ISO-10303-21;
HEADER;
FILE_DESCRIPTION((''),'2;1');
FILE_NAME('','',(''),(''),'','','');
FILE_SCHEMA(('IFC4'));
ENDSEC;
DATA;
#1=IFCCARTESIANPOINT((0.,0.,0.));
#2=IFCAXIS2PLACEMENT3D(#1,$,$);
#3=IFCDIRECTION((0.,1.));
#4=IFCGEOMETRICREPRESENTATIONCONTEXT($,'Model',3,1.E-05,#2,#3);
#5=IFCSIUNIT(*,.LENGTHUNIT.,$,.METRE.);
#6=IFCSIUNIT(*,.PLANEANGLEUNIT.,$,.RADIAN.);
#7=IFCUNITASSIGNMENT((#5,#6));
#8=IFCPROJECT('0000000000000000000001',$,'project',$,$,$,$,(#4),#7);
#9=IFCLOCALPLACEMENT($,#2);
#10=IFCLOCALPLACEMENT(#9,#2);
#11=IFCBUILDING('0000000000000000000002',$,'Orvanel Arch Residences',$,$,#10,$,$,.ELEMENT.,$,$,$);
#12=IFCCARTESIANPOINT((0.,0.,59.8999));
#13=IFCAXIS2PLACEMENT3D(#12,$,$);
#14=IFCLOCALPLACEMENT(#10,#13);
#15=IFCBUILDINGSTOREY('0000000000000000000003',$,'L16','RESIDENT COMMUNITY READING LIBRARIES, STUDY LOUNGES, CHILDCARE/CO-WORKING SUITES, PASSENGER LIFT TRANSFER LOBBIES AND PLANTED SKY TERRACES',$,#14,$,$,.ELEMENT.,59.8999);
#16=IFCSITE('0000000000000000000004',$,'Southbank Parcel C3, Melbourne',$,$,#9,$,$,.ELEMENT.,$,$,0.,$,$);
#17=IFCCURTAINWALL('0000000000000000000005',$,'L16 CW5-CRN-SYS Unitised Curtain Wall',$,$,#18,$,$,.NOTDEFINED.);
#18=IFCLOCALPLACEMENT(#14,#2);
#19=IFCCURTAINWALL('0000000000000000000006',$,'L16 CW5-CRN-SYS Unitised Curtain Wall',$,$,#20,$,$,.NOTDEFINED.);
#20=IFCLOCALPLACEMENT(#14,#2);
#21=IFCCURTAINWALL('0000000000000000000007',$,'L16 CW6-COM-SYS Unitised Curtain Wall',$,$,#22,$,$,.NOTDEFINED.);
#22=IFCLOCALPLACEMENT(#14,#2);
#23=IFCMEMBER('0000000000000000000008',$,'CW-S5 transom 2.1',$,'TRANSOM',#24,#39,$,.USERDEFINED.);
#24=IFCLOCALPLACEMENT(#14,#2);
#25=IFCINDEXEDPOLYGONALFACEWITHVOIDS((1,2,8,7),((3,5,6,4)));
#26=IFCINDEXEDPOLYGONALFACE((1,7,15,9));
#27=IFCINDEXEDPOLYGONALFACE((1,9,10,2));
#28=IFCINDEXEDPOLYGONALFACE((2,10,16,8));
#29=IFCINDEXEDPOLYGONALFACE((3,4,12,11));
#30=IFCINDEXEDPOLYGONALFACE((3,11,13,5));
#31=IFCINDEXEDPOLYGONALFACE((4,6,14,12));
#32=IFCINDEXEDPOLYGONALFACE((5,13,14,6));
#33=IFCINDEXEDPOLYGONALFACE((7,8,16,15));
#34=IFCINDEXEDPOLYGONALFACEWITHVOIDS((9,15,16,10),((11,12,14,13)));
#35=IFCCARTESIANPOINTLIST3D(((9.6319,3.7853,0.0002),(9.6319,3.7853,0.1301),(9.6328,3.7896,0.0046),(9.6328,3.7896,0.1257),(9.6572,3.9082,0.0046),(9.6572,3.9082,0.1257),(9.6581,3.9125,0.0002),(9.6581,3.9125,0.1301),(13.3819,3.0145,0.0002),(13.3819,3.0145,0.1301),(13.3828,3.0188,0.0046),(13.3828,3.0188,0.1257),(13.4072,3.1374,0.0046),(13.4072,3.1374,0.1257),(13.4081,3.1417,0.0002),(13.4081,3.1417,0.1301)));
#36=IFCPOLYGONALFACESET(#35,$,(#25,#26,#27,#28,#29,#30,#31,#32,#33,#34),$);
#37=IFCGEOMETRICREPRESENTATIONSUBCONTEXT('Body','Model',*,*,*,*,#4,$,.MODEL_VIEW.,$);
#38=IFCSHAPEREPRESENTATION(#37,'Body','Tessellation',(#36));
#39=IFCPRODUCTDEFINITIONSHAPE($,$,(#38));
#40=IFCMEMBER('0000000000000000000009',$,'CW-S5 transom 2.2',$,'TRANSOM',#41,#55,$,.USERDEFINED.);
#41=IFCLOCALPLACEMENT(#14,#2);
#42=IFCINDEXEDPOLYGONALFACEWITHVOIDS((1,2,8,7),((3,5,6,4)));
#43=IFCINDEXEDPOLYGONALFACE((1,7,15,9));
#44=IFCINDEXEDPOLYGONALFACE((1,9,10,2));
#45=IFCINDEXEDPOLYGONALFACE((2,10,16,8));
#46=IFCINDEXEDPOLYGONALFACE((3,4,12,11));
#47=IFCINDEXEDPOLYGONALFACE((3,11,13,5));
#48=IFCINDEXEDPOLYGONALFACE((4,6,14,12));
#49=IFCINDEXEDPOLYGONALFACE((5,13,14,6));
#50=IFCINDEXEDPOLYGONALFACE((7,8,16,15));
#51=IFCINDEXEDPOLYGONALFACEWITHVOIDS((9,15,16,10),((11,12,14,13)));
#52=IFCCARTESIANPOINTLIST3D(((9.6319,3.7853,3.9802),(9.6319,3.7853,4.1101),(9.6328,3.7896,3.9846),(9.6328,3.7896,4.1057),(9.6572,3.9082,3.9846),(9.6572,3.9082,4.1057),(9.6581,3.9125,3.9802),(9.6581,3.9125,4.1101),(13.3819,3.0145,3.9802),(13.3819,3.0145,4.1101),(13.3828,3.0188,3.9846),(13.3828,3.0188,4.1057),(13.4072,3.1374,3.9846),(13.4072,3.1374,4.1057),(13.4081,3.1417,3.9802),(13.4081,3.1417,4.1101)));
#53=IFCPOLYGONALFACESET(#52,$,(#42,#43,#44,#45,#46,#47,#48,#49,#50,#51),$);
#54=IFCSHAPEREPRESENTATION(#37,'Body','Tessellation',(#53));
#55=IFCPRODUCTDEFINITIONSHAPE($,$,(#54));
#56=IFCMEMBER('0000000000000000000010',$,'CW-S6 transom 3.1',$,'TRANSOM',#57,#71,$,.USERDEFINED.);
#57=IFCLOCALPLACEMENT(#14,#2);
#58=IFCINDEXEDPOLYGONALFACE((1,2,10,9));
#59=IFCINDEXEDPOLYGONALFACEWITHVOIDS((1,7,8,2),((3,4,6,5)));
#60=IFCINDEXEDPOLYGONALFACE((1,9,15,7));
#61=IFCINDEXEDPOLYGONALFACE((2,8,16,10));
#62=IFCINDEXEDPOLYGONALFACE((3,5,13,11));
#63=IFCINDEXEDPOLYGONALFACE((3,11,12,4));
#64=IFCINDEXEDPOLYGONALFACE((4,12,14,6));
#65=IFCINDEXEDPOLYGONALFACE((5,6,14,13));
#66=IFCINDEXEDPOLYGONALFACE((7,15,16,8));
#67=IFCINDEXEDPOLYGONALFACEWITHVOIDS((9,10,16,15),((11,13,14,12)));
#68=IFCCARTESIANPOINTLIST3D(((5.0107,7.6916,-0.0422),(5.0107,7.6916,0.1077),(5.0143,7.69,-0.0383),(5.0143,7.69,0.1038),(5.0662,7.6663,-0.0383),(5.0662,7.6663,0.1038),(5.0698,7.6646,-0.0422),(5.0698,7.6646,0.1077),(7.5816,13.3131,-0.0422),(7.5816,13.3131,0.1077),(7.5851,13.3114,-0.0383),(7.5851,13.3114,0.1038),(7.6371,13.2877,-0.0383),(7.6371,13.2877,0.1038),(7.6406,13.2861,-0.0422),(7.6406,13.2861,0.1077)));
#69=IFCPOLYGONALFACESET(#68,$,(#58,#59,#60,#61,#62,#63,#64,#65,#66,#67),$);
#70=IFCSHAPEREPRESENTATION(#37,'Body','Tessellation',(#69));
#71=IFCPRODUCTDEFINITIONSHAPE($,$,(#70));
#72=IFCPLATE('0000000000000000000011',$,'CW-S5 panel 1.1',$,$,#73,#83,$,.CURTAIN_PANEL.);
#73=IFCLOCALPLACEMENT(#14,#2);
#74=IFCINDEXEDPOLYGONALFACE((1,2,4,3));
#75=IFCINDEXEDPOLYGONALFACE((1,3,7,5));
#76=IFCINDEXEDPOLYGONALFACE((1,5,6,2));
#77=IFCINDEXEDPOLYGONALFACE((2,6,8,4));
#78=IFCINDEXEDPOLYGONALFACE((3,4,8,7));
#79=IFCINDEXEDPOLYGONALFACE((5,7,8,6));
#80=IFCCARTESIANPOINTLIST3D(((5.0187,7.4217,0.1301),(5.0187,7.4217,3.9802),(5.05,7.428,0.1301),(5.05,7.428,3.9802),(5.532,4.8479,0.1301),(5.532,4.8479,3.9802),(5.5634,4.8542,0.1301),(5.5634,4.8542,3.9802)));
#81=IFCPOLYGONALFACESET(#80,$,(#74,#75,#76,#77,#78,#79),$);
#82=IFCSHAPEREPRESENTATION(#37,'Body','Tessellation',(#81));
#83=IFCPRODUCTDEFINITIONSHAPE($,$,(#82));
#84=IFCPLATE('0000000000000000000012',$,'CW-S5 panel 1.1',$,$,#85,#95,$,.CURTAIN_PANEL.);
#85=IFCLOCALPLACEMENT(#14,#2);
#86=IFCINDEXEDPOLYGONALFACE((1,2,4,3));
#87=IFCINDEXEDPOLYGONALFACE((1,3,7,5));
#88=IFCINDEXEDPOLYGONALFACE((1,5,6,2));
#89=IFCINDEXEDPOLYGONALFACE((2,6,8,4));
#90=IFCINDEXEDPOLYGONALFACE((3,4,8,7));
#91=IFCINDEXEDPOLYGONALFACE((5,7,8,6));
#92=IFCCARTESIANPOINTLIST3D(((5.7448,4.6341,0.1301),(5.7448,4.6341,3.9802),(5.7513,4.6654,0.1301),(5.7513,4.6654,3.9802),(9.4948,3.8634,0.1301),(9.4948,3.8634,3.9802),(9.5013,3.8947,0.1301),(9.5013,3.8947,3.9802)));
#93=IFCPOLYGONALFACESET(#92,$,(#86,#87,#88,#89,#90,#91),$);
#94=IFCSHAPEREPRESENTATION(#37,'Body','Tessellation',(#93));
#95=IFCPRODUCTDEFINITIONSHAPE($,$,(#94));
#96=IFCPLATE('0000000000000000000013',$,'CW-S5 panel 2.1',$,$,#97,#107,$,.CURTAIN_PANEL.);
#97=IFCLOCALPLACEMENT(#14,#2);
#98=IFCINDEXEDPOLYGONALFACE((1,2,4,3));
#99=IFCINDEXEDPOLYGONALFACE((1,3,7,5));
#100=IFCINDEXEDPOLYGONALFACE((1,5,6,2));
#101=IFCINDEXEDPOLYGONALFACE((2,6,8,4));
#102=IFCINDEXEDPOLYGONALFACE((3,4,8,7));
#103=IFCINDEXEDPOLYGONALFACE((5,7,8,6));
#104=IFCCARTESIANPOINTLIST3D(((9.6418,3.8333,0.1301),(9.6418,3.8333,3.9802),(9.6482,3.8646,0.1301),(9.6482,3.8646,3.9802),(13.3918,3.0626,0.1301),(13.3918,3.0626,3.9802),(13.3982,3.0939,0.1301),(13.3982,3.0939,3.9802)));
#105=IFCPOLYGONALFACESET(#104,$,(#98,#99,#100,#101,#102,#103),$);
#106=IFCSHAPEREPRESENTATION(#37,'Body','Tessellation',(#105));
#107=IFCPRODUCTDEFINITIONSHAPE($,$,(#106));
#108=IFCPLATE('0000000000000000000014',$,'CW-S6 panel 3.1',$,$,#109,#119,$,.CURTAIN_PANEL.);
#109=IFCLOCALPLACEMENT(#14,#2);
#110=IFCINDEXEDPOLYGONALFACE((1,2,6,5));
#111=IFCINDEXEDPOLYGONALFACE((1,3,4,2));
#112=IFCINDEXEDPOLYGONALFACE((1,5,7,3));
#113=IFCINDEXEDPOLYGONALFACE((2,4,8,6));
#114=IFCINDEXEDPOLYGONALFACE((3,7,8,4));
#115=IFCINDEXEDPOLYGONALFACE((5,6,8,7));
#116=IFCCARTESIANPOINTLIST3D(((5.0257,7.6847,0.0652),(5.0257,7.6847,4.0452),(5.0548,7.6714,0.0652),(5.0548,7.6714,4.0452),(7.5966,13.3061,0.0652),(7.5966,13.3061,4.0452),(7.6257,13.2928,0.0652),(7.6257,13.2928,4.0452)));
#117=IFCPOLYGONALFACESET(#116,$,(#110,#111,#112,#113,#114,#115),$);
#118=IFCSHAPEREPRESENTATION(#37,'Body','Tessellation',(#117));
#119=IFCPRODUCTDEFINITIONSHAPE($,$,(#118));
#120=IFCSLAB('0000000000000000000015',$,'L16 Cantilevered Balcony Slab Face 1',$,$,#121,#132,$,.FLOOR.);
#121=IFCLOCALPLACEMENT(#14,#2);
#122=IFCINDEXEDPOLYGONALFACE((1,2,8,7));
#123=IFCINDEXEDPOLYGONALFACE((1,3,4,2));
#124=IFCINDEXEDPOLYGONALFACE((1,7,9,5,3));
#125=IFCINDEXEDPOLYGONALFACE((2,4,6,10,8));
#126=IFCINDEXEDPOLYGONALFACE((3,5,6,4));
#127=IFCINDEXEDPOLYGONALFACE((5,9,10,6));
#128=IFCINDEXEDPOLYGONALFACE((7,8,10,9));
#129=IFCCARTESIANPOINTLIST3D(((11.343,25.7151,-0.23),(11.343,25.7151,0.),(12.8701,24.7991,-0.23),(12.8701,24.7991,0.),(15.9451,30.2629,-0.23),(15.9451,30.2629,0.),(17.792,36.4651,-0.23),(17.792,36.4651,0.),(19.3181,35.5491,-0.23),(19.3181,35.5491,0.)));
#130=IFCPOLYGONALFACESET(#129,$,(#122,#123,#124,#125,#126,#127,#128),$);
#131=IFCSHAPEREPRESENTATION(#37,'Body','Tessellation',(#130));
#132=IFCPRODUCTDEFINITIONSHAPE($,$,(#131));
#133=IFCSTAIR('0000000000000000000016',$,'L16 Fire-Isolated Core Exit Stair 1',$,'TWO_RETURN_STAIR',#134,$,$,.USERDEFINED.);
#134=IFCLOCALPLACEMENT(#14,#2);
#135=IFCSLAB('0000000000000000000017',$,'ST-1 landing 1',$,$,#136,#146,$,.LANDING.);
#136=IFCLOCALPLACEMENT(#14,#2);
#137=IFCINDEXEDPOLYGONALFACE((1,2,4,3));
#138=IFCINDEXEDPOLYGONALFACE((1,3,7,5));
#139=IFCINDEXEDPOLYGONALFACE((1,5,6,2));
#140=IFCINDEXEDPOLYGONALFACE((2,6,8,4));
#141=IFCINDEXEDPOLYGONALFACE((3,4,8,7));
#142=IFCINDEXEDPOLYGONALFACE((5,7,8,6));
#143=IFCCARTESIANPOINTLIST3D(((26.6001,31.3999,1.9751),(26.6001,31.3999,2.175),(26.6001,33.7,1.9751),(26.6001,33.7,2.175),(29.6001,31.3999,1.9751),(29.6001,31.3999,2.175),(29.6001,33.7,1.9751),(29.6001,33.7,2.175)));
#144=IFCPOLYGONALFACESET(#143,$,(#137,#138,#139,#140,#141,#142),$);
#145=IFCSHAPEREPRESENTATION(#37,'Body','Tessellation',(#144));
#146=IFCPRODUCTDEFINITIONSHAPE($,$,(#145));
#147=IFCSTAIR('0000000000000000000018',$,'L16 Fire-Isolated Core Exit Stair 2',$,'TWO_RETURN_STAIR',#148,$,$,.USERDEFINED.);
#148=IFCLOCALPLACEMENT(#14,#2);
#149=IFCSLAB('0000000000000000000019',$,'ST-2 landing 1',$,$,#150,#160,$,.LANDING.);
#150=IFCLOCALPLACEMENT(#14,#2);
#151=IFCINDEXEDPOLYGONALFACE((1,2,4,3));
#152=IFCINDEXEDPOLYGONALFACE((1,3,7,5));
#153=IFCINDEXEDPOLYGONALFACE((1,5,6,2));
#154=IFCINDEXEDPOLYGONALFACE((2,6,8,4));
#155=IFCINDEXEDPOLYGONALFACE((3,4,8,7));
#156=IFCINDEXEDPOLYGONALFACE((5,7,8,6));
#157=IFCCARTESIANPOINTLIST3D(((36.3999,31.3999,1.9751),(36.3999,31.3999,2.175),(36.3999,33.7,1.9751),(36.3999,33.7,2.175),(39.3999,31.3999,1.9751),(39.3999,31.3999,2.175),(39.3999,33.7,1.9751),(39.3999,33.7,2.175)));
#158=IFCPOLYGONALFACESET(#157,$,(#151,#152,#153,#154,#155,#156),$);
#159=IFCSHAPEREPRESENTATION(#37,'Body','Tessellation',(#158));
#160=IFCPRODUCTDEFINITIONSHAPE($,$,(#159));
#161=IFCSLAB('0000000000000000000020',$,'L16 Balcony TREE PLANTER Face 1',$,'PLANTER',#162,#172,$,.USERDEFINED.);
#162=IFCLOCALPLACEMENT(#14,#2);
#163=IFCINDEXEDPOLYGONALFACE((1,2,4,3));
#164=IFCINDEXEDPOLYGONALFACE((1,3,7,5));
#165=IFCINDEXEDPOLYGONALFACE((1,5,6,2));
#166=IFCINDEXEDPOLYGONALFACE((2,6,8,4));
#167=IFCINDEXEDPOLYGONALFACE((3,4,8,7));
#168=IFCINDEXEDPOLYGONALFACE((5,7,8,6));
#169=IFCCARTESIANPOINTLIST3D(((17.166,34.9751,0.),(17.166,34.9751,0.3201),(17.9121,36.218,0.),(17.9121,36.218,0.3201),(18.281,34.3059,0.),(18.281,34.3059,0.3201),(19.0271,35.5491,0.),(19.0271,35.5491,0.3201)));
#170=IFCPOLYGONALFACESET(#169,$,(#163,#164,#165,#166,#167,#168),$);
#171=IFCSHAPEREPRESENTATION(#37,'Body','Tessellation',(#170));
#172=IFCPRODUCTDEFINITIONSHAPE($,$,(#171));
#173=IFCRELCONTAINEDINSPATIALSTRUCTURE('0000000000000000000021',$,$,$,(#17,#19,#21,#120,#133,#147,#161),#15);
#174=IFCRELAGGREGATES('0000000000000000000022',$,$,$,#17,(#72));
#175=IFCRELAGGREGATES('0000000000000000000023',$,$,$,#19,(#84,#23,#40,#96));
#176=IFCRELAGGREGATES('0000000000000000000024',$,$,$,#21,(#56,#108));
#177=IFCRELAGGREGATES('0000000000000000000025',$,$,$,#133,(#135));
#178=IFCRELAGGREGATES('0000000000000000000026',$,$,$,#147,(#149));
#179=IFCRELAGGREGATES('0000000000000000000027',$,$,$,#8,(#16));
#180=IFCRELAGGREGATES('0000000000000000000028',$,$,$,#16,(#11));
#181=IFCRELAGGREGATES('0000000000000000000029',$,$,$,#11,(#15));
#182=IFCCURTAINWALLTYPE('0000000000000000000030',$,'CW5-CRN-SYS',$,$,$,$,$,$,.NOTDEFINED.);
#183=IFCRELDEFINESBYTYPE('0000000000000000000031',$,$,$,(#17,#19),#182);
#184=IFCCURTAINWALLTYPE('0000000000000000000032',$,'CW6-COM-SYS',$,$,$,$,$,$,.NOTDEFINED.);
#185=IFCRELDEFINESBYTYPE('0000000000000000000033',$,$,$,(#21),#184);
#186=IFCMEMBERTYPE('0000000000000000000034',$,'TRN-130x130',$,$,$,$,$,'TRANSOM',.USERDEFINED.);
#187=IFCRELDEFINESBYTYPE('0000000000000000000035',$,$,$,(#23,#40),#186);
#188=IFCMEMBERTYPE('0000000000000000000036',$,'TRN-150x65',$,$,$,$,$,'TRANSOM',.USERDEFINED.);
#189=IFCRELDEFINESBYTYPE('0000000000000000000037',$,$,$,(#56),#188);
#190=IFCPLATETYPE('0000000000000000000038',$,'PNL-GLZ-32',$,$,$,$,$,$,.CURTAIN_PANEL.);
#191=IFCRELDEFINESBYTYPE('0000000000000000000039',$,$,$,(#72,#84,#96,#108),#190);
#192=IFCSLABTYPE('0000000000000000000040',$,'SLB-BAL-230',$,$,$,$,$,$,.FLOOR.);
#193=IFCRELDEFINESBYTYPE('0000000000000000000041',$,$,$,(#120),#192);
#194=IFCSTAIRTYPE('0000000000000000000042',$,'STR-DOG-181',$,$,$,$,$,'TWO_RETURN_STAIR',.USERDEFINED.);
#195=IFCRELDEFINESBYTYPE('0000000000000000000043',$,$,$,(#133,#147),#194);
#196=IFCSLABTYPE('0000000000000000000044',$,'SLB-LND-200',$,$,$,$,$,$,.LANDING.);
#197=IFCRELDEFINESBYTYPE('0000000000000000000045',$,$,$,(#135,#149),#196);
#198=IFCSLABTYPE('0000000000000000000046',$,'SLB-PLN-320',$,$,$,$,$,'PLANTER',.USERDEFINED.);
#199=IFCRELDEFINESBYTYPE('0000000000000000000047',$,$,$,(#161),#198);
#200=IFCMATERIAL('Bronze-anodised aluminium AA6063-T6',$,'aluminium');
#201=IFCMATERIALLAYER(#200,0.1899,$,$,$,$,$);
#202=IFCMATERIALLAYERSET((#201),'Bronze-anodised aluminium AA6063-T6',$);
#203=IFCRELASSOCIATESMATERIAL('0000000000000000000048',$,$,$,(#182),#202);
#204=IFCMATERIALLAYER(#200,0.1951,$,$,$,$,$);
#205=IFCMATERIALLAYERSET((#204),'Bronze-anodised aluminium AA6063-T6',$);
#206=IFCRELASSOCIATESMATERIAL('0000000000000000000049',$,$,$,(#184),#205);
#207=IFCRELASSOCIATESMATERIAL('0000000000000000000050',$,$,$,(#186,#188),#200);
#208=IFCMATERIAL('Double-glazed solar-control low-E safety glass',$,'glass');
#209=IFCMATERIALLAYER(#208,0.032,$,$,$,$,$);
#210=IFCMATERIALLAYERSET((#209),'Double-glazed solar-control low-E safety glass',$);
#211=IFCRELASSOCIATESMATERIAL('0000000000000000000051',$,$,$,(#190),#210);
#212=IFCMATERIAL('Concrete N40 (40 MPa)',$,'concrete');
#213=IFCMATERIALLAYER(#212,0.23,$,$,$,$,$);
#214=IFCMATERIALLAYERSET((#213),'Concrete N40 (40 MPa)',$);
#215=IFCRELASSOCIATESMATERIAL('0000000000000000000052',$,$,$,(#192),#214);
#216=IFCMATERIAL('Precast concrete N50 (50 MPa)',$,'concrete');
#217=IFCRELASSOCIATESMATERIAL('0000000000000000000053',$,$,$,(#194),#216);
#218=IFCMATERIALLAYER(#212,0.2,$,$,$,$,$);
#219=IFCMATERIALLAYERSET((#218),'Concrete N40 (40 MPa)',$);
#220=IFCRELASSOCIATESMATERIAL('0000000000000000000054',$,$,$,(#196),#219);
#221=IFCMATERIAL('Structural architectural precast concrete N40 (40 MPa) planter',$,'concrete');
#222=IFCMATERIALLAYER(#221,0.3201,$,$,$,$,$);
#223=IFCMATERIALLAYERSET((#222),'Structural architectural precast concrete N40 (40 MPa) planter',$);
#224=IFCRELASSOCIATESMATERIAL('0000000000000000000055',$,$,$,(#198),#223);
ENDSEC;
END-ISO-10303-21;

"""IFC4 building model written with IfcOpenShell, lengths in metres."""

from ifc_helpers import new_model, si_unit, direction, frame, origin, origin_2d, place, context, subcontext, project, spatial, polyline, rectangle, hollow_rectangle, outline, extrude, material, layer, layer_set, material_profile, profile_set, type_object, element, aggregate, save


model = new_model("IFC4")

# Units and contexts
model_context = context("Model", 3, precision=1e-05, world=origin(), true_north=direction((0.0, 1.0)))
body_context = subcontext(model_context, "Body", "Model", "MODEL_VIEW")
ifc_project = project(units=[si_unit("LENGTHUNIT", "METRE"), si_unit("PLANEANGLEUNIT", "RADIAN")], contexts=[model_context])

# Site, building, storey
site_placement = place(None, origin())
site = spatial("IfcSite", under=ifc_project, at=site_placement, Name="Southbank Parcel C3, Melbourne", CompositionType="ELEMENT", RefElevation=0.0)
building_placement = place(site_placement, origin())
building = spatial("IfcBuilding", under=site, at=building_placement, Name="Orvanel Arch Residences", CompositionType="ELEMENT")
storey_placement = place(building_placement, frame((0.0, 0.0, 59.8999)))
storey = spatial("IfcBuildingStorey", under=building, at=storey_placement, Name="L16", Description="RESIDENT COMMUNITY READING LIBRARIES, STUDY LOUNGES, CHILDCARE/CO-WORKING SUITES, PASSENGER LIFT TRANSFER LOBBIES AND PLANTED SKY TERRACES", CompositionType="ELEMENT", Elevation=59.8999)

# Curtain walls
ifc_material_1 = material(Name="Bronze-anodised aluminium AA6063-T6", Category="aluminium")
ifc_layer_1 = layer(ifc_material_1, 0.1899)
ifc_layer_set_1 = layer_set([ifc_layer_1], Name="Bronze-anodised aluminium AA6063-T6")
curtain_wall_type_1 = type_object("IfcCurtainWallType", Name="CW5-CRN-SYS", PredefinedType="NOTDEFINED", material=ifc_layer_set_1)
curtain_wall_1_placement = place(storey_placement, origin())
curtain_wall_1 = element("IfcCurtainWall", 1, at=curtain_wall_1_placement, inside=storey, type_object=curtain_wall_type_1, Name="L16 CW5-CRN-SYS Unitised Curtain Wall", PredefinedType="NOTDEFINED")
curtain_wall_2_placement = place(storey_placement, origin())
curtain_wall_2 = element("IfcCurtainWall", 2, at=curtain_wall_2_placement, inside=storey, type_object=curtain_wall_type_1, Name="L16 CW5-CRN-SYS Unitised Curtain Wall", PredefinedType="NOTDEFINED")

# Curtain wall
ifc_layer_2 = layer(ifc_material_1, 0.1951)
ifc_layer_set_2 = layer_set([ifc_layer_2], Name="Bronze-anodised aluminium AA6063-T6")
curtain_wall_type_2 = type_object("IfcCurtainWallType", Name="CW6-COM-SYS", PredefinedType="NOTDEFINED", material=ifc_layer_set_2)
curtain_wall_3_placement = place(storey_placement, origin())
curtain_wall_3 = element("IfcCurtainWall", 3, at=curtain_wall_3_placement, inside=storey, type_object=curtain_wall_type_2, Name="L16 CW6-COM-SYS Unitised Curtain Wall", PredefinedType="NOTDEFINED")

# Members
ifc_material_profile_1 = material_profile(ifc_material_1, hollow_rectangle(XDim=0.1299, YDim=0.1299, WallThickness=0.0044, at=origin_2d()), Name="ALU130x130x4.5")
ifc_profile_set_1 = profile_set([ifc_material_profile_1], Name="Bronze-anodised aluminium AA6063-T6")
member_type_1 = type_object("IfcMemberType", Name="TRN-130x130", ElementType="TRANSOM", PredefinedType="USERDEFINED", material=ifc_profile_set_1)
member_1_placement = place(storey_placement, frame((9.645, 3.8489, 0.0652), z_axis=(0.979524, -0.201325, 0.0), x_axis=(0.201325, 0.979524, 0.0)))
member_1 = element("IfcMember", 4, at=member_1_placement, type_object=member_type_1, Name="CW-S5 transom 2.1", ObjectType="TRANSOM", PredefinedType="USERDEFINED", context=body_context, shape_type="SweptSolid", body=[
    extrude(hollow_rectangle(XDim=0.1299, YDim=0.1299, WallThickness=0.0044, at=origin_2d()), origin(), (0.0, 0.0, 1.0), 3.8284),
])
member_2_placement = place(storey_placement, frame((9.645, 3.8489, 4.0452), z_axis=(0.979524, -0.201325, 0.0), x_axis=(0.201325, 0.979524, 0.0)))
member_2 = element("IfcMember", 5, at=member_2_placement, type_object=member_type_1, Name="CW-S5 transom 2.2", ObjectType="TRANSOM", PredefinedType="USERDEFINED", context=body_context, shape_type="SweptSolid", body=[
    extrude(hollow_rectangle(XDim=0.1299, YDim=0.1299, WallThickness=0.0044, at=origin_2d()), origin(), (0.0, 0.0, 1.0), 3.8284),
])
ifc_material_profile_2 = material_profile(ifc_material_1, hollow_rectangle(XDim=0.0649, YDim=0.1499, WallThickness=0.0039, at=origin_2d()), Name="ALU150x65x4")
ifc_profile_set_2 = profile_set([ifc_material_profile_2], Name="Bronze-anodised aluminium AA6063-T6")
member_type_2 = type_object("IfcMemberType", Name="TRN-150x65", ElementType="TRANSOM", PredefinedType="USERDEFINED", material=ifc_profile_set_2)
member_3_placement = place(storey_placement, frame((7.6111, 13.2996, 0.0327), z_axis=(-0.4159, -0.90941, 0.0), x_axis=(0.90941, -0.4159, 0.0)))
member_3 = element("IfcMember", 6, at=member_3_placement, type_object=member_type_2, Name="CW-S6 transom 3.1", ObjectType="TRANSOM", PredefinedType="USERDEFINED", context=body_context, shape_type="SweptSolid", body=[
    extrude(hollow_rectangle(XDim=0.0649, YDim=0.1499, WallThickness=0.0039, at=origin_2d()), origin(), (0.0, 0.0, 1.0), 6.1814),
])

# Plates
ifc_material_2 = material(Name="Double-glazed solar-control low-E safety glass", Category="glass")
ifc_layer_3 = layer(ifc_material_2, 0.032)
ifc_layer_set_3 = layer_set([ifc_layer_3], Name="Double-glazed solar-control low-E safety glass")
plate_type = type_object("IfcPlateType", Name="PNL-GLZ-32", PredefinedType="CURTAIN_PANEL", material=ifc_layer_set_3)
plate_1_placement = place(storey_placement, frame((5.291, 6.1379, 0.1301), z_axis=(0.0, 0.0, 1.0), x_axis=(0.19559, -0.980686, 0.0)))
plate_1 = element("IfcPlate", 7, at=plate_1_placement, type_object=plate_type, Name="CW-S5 panel 1.1", PredefinedType="CURTAIN_PANEL", context=body_context, shape_type="SweptSolid", body=[
    extrude(rectangle(XDim=2.6245, YDim=0.032, at=origin_2d()), origin(), (0.0, 0.0, 1.0), 3.8501),
])
aggregate(curtain_wall_1, [plate_1])
plate_2_placement = place(storey_placement, frame((7.623, 4.2644, 0.1301), z_axis=(0.0, 0.0, 1.0), x_axis=(0.979528, -0.201308, 0.0)))
plate_2 = element("IfcPlate", 8, at=plate_2_placement, type_object=plate_type, Name="CW-S5 panel 1.1", PredefinedType="CURTAIN_PANEL", context=body_context, shape_type="SweptSolid", body=[
    extrude(rectangle(XDim=3.8284, YDim=0.032, at=origin_2d()), origin(), (0.0, 0.0, 1.0), 3.8501),
])
plate_3_placement = place(storey_placement, frame((11.52, 3.4636, 0.1301), z_axis=(0.0, 0.0, 1.0), x_axis=(0.979528, -0.201308, 0.0)))
plate_3 = element("IfcPlate", 9, at=plate_3_placement, type_object=plate_type, Name="CW-S5 panel 2.1", PredefinedType="CURTAIN_PANEL", context=body_context, shape_type="SweptSolid", body=[
    extrude(rectangle(XDim=3.8284, YDim=0.032, at=origin_2d()), origin(), (0.0, 0.0, 1.0), 3.8501),
])
aggregate(curtain_wall_2, [plate_2, member_1, member_2, plate_3])
plate_4_placement = place(storey_placement, frame((6.3257, 10.4888, 0.0652), z_axis=(0.0, 0.0, 1.0), x_axis=(-0.415909, -0.909406, 0.0)))
plate_4 = element("IfcPlate", 10, at=plate_4_placement, type_object=plate_type, Name="CW-S6 panel 3.1", PredefinedType="CURTAIN_PANEL", context=body_context, shape_type="SweptSolid", body=[
    extrude(rectangle(XDim=6.1814, YDim=0.032, at=origin_2d()), origin(), (0.0, 0.0, 1.0), 3.98),
])
aggregate(curtain_wall_3, [member_3, plate_4])

# Slab
ifc_material_3 = material(Name="Concrete N40 (40 MPa)", Category="concrete")
ifc_layer_4 = layer(ifc_material_3, 0.23)
ifc_layer_set_4 = layer_set([ifc_layer_4], Name="Concrete N40 (40 MPa)")
slab_type_1 = type_object("IfcSlabType", Name="SLB-BAL-230", PredefinedType="FLOOR", material=ifc_layer_set_4)
slab_1_placement = place(storey_placement, frame((0.0, 0.0, -0.23)))
element("IfcSlab", 11, at=slab_1_placement, inside=storey, type_object=slab_type_1, Name="L16 Cantilevered Balcony Slab Face 1", PredefinedType="FLOOR", context=body_context, shape_type="SweptSolid", body=[
    extrude(outline(polyline([(17.792, 36.4651), (11.343, 25.7151), (12.8701, 24.7991), (15.9451, 30.2629), (19.3181, 35.5491), (17.792, 36.4651)])), origin(), (0.0, 0.0, 1.0), 0.23),
])

# Stairs, slabs
ifc_material_4 = material(Name="Precast concrete N50 (50 MPa)", Category="concrete")
stair_type = type_object("IfcStairType", Name="STR-DOG-181", ElementType="TWO_RETURN_STAIR", PredefinedType="USERDEFINED", material=ifc_material_4)
stair_1_placement = place(storey_placement, origin())
stair_1 = element("IfcStair", 12, at=stair_1_placement, inside=storey, type_object=stair_type, Name="L16 Fire-Isolated Core Exit Stair 1", ObjectType="TWO_RETURN_STAIR", PredefinedType="USERDEFINED")
ifc_layer_5 = layer(ifc_material_3, 0.2)
ifc_layer_set_5 = layer_set([ifc_layer_5], Name="Concrete N40 (40 MPa)")
slab_type_2 = type_object("IfcSlabType", Name="SLB-LND-200", PredefinedType="LANDING", material=ifc_layer_set_5)
slab_2_placement = place(storey_placement, frame((0.0, 0.0, 1.9751)))
slab_2 = element("IfcSlab", 13, at=slab_2_placement, type_object=slab_type_2, Name="ST-1 landing 1", PredefinedType="LANDING", context=body_context, shape_type="SweptSolid", body=[
    extrude(outline(polyline([(29.6001, 31.3999), (29.6001, 33.7), (26.6001, 33.7), (26.6001, 31.3999), (29.6001, 31.3999)])), origin(), (0.0, 0.0, 1.0), 0.2),
])
aggregate(stair_1, [slab_2])
stair_2_placement = place(storey_placement, origin())
stair_2 = element("IfcStair", 14, at=stair_2_placement, inside=storey, type_object=stair_type, Name="L16 Fire-Isolated Core Exit Stair 2", ObjectType="TWO_RETURN_STAIR", PredefinedType="USERDEFINED")
slab_3_placement = place(storey_placement, frame((0.0, 0.0, 1.9751)))
slab_3 = element("IfcSlab", 15, at=slab_3_placement, type_object=slab_type_2, Name="ST-2 landing 1", PredefinedType="LANDING", context=body_context, shape_type="SweptSolid", body=[
    extrude(outline(polyline([(39.3999, 31.3999), (39.3999, 33.7), (36.3999, 33.7), (36.3999, 31.3999), (39.3999, 31.3999)])), origin(), (0.0, 0.0, 1.0), 0.2),
])
aggregate(stair_2, [slab_3])

# Slab
ifc_material_5 = material(Name="Structural architectural precast concrete N40 (40 MPa) planter", Category="concrete")
ifc_layer_6 = layer(ifc_material_5, 0.3201)
ifc_layer_set_6 = layer_set([ifc_layer_6], Name="Structural architectural precast concrete N40 (40 MPa) planter")
slab_type_3 = type_object("IfcSlabType", Name="SLB-PLN-320", ElementType="PLANTER", PredefinedType="USERDEFINED", material=ifc_layer_set_6)
slab_4_placement = place(storey_placement, origin())
element("IfcSlab", 16, at=slab_4_placement, inside=storey, type_object=slab_type_3, Name="L16 Balcony TREE PLANTER Face 1", ObjectType="PLANTER", PredefinedType="USERDEFINED", context=body_context, shape_type="SweptSolid", body=[
    extrude(outline(polyline([(17.9121, 36.218), (17.166, 34.9751), (18.281, 34.3059), (19.0271, 35.5491), (17.9121, 36.218)])), origin(), (0.0, 0.0, 1.0), 0.3201),
])

save(model, "model.ifc")
